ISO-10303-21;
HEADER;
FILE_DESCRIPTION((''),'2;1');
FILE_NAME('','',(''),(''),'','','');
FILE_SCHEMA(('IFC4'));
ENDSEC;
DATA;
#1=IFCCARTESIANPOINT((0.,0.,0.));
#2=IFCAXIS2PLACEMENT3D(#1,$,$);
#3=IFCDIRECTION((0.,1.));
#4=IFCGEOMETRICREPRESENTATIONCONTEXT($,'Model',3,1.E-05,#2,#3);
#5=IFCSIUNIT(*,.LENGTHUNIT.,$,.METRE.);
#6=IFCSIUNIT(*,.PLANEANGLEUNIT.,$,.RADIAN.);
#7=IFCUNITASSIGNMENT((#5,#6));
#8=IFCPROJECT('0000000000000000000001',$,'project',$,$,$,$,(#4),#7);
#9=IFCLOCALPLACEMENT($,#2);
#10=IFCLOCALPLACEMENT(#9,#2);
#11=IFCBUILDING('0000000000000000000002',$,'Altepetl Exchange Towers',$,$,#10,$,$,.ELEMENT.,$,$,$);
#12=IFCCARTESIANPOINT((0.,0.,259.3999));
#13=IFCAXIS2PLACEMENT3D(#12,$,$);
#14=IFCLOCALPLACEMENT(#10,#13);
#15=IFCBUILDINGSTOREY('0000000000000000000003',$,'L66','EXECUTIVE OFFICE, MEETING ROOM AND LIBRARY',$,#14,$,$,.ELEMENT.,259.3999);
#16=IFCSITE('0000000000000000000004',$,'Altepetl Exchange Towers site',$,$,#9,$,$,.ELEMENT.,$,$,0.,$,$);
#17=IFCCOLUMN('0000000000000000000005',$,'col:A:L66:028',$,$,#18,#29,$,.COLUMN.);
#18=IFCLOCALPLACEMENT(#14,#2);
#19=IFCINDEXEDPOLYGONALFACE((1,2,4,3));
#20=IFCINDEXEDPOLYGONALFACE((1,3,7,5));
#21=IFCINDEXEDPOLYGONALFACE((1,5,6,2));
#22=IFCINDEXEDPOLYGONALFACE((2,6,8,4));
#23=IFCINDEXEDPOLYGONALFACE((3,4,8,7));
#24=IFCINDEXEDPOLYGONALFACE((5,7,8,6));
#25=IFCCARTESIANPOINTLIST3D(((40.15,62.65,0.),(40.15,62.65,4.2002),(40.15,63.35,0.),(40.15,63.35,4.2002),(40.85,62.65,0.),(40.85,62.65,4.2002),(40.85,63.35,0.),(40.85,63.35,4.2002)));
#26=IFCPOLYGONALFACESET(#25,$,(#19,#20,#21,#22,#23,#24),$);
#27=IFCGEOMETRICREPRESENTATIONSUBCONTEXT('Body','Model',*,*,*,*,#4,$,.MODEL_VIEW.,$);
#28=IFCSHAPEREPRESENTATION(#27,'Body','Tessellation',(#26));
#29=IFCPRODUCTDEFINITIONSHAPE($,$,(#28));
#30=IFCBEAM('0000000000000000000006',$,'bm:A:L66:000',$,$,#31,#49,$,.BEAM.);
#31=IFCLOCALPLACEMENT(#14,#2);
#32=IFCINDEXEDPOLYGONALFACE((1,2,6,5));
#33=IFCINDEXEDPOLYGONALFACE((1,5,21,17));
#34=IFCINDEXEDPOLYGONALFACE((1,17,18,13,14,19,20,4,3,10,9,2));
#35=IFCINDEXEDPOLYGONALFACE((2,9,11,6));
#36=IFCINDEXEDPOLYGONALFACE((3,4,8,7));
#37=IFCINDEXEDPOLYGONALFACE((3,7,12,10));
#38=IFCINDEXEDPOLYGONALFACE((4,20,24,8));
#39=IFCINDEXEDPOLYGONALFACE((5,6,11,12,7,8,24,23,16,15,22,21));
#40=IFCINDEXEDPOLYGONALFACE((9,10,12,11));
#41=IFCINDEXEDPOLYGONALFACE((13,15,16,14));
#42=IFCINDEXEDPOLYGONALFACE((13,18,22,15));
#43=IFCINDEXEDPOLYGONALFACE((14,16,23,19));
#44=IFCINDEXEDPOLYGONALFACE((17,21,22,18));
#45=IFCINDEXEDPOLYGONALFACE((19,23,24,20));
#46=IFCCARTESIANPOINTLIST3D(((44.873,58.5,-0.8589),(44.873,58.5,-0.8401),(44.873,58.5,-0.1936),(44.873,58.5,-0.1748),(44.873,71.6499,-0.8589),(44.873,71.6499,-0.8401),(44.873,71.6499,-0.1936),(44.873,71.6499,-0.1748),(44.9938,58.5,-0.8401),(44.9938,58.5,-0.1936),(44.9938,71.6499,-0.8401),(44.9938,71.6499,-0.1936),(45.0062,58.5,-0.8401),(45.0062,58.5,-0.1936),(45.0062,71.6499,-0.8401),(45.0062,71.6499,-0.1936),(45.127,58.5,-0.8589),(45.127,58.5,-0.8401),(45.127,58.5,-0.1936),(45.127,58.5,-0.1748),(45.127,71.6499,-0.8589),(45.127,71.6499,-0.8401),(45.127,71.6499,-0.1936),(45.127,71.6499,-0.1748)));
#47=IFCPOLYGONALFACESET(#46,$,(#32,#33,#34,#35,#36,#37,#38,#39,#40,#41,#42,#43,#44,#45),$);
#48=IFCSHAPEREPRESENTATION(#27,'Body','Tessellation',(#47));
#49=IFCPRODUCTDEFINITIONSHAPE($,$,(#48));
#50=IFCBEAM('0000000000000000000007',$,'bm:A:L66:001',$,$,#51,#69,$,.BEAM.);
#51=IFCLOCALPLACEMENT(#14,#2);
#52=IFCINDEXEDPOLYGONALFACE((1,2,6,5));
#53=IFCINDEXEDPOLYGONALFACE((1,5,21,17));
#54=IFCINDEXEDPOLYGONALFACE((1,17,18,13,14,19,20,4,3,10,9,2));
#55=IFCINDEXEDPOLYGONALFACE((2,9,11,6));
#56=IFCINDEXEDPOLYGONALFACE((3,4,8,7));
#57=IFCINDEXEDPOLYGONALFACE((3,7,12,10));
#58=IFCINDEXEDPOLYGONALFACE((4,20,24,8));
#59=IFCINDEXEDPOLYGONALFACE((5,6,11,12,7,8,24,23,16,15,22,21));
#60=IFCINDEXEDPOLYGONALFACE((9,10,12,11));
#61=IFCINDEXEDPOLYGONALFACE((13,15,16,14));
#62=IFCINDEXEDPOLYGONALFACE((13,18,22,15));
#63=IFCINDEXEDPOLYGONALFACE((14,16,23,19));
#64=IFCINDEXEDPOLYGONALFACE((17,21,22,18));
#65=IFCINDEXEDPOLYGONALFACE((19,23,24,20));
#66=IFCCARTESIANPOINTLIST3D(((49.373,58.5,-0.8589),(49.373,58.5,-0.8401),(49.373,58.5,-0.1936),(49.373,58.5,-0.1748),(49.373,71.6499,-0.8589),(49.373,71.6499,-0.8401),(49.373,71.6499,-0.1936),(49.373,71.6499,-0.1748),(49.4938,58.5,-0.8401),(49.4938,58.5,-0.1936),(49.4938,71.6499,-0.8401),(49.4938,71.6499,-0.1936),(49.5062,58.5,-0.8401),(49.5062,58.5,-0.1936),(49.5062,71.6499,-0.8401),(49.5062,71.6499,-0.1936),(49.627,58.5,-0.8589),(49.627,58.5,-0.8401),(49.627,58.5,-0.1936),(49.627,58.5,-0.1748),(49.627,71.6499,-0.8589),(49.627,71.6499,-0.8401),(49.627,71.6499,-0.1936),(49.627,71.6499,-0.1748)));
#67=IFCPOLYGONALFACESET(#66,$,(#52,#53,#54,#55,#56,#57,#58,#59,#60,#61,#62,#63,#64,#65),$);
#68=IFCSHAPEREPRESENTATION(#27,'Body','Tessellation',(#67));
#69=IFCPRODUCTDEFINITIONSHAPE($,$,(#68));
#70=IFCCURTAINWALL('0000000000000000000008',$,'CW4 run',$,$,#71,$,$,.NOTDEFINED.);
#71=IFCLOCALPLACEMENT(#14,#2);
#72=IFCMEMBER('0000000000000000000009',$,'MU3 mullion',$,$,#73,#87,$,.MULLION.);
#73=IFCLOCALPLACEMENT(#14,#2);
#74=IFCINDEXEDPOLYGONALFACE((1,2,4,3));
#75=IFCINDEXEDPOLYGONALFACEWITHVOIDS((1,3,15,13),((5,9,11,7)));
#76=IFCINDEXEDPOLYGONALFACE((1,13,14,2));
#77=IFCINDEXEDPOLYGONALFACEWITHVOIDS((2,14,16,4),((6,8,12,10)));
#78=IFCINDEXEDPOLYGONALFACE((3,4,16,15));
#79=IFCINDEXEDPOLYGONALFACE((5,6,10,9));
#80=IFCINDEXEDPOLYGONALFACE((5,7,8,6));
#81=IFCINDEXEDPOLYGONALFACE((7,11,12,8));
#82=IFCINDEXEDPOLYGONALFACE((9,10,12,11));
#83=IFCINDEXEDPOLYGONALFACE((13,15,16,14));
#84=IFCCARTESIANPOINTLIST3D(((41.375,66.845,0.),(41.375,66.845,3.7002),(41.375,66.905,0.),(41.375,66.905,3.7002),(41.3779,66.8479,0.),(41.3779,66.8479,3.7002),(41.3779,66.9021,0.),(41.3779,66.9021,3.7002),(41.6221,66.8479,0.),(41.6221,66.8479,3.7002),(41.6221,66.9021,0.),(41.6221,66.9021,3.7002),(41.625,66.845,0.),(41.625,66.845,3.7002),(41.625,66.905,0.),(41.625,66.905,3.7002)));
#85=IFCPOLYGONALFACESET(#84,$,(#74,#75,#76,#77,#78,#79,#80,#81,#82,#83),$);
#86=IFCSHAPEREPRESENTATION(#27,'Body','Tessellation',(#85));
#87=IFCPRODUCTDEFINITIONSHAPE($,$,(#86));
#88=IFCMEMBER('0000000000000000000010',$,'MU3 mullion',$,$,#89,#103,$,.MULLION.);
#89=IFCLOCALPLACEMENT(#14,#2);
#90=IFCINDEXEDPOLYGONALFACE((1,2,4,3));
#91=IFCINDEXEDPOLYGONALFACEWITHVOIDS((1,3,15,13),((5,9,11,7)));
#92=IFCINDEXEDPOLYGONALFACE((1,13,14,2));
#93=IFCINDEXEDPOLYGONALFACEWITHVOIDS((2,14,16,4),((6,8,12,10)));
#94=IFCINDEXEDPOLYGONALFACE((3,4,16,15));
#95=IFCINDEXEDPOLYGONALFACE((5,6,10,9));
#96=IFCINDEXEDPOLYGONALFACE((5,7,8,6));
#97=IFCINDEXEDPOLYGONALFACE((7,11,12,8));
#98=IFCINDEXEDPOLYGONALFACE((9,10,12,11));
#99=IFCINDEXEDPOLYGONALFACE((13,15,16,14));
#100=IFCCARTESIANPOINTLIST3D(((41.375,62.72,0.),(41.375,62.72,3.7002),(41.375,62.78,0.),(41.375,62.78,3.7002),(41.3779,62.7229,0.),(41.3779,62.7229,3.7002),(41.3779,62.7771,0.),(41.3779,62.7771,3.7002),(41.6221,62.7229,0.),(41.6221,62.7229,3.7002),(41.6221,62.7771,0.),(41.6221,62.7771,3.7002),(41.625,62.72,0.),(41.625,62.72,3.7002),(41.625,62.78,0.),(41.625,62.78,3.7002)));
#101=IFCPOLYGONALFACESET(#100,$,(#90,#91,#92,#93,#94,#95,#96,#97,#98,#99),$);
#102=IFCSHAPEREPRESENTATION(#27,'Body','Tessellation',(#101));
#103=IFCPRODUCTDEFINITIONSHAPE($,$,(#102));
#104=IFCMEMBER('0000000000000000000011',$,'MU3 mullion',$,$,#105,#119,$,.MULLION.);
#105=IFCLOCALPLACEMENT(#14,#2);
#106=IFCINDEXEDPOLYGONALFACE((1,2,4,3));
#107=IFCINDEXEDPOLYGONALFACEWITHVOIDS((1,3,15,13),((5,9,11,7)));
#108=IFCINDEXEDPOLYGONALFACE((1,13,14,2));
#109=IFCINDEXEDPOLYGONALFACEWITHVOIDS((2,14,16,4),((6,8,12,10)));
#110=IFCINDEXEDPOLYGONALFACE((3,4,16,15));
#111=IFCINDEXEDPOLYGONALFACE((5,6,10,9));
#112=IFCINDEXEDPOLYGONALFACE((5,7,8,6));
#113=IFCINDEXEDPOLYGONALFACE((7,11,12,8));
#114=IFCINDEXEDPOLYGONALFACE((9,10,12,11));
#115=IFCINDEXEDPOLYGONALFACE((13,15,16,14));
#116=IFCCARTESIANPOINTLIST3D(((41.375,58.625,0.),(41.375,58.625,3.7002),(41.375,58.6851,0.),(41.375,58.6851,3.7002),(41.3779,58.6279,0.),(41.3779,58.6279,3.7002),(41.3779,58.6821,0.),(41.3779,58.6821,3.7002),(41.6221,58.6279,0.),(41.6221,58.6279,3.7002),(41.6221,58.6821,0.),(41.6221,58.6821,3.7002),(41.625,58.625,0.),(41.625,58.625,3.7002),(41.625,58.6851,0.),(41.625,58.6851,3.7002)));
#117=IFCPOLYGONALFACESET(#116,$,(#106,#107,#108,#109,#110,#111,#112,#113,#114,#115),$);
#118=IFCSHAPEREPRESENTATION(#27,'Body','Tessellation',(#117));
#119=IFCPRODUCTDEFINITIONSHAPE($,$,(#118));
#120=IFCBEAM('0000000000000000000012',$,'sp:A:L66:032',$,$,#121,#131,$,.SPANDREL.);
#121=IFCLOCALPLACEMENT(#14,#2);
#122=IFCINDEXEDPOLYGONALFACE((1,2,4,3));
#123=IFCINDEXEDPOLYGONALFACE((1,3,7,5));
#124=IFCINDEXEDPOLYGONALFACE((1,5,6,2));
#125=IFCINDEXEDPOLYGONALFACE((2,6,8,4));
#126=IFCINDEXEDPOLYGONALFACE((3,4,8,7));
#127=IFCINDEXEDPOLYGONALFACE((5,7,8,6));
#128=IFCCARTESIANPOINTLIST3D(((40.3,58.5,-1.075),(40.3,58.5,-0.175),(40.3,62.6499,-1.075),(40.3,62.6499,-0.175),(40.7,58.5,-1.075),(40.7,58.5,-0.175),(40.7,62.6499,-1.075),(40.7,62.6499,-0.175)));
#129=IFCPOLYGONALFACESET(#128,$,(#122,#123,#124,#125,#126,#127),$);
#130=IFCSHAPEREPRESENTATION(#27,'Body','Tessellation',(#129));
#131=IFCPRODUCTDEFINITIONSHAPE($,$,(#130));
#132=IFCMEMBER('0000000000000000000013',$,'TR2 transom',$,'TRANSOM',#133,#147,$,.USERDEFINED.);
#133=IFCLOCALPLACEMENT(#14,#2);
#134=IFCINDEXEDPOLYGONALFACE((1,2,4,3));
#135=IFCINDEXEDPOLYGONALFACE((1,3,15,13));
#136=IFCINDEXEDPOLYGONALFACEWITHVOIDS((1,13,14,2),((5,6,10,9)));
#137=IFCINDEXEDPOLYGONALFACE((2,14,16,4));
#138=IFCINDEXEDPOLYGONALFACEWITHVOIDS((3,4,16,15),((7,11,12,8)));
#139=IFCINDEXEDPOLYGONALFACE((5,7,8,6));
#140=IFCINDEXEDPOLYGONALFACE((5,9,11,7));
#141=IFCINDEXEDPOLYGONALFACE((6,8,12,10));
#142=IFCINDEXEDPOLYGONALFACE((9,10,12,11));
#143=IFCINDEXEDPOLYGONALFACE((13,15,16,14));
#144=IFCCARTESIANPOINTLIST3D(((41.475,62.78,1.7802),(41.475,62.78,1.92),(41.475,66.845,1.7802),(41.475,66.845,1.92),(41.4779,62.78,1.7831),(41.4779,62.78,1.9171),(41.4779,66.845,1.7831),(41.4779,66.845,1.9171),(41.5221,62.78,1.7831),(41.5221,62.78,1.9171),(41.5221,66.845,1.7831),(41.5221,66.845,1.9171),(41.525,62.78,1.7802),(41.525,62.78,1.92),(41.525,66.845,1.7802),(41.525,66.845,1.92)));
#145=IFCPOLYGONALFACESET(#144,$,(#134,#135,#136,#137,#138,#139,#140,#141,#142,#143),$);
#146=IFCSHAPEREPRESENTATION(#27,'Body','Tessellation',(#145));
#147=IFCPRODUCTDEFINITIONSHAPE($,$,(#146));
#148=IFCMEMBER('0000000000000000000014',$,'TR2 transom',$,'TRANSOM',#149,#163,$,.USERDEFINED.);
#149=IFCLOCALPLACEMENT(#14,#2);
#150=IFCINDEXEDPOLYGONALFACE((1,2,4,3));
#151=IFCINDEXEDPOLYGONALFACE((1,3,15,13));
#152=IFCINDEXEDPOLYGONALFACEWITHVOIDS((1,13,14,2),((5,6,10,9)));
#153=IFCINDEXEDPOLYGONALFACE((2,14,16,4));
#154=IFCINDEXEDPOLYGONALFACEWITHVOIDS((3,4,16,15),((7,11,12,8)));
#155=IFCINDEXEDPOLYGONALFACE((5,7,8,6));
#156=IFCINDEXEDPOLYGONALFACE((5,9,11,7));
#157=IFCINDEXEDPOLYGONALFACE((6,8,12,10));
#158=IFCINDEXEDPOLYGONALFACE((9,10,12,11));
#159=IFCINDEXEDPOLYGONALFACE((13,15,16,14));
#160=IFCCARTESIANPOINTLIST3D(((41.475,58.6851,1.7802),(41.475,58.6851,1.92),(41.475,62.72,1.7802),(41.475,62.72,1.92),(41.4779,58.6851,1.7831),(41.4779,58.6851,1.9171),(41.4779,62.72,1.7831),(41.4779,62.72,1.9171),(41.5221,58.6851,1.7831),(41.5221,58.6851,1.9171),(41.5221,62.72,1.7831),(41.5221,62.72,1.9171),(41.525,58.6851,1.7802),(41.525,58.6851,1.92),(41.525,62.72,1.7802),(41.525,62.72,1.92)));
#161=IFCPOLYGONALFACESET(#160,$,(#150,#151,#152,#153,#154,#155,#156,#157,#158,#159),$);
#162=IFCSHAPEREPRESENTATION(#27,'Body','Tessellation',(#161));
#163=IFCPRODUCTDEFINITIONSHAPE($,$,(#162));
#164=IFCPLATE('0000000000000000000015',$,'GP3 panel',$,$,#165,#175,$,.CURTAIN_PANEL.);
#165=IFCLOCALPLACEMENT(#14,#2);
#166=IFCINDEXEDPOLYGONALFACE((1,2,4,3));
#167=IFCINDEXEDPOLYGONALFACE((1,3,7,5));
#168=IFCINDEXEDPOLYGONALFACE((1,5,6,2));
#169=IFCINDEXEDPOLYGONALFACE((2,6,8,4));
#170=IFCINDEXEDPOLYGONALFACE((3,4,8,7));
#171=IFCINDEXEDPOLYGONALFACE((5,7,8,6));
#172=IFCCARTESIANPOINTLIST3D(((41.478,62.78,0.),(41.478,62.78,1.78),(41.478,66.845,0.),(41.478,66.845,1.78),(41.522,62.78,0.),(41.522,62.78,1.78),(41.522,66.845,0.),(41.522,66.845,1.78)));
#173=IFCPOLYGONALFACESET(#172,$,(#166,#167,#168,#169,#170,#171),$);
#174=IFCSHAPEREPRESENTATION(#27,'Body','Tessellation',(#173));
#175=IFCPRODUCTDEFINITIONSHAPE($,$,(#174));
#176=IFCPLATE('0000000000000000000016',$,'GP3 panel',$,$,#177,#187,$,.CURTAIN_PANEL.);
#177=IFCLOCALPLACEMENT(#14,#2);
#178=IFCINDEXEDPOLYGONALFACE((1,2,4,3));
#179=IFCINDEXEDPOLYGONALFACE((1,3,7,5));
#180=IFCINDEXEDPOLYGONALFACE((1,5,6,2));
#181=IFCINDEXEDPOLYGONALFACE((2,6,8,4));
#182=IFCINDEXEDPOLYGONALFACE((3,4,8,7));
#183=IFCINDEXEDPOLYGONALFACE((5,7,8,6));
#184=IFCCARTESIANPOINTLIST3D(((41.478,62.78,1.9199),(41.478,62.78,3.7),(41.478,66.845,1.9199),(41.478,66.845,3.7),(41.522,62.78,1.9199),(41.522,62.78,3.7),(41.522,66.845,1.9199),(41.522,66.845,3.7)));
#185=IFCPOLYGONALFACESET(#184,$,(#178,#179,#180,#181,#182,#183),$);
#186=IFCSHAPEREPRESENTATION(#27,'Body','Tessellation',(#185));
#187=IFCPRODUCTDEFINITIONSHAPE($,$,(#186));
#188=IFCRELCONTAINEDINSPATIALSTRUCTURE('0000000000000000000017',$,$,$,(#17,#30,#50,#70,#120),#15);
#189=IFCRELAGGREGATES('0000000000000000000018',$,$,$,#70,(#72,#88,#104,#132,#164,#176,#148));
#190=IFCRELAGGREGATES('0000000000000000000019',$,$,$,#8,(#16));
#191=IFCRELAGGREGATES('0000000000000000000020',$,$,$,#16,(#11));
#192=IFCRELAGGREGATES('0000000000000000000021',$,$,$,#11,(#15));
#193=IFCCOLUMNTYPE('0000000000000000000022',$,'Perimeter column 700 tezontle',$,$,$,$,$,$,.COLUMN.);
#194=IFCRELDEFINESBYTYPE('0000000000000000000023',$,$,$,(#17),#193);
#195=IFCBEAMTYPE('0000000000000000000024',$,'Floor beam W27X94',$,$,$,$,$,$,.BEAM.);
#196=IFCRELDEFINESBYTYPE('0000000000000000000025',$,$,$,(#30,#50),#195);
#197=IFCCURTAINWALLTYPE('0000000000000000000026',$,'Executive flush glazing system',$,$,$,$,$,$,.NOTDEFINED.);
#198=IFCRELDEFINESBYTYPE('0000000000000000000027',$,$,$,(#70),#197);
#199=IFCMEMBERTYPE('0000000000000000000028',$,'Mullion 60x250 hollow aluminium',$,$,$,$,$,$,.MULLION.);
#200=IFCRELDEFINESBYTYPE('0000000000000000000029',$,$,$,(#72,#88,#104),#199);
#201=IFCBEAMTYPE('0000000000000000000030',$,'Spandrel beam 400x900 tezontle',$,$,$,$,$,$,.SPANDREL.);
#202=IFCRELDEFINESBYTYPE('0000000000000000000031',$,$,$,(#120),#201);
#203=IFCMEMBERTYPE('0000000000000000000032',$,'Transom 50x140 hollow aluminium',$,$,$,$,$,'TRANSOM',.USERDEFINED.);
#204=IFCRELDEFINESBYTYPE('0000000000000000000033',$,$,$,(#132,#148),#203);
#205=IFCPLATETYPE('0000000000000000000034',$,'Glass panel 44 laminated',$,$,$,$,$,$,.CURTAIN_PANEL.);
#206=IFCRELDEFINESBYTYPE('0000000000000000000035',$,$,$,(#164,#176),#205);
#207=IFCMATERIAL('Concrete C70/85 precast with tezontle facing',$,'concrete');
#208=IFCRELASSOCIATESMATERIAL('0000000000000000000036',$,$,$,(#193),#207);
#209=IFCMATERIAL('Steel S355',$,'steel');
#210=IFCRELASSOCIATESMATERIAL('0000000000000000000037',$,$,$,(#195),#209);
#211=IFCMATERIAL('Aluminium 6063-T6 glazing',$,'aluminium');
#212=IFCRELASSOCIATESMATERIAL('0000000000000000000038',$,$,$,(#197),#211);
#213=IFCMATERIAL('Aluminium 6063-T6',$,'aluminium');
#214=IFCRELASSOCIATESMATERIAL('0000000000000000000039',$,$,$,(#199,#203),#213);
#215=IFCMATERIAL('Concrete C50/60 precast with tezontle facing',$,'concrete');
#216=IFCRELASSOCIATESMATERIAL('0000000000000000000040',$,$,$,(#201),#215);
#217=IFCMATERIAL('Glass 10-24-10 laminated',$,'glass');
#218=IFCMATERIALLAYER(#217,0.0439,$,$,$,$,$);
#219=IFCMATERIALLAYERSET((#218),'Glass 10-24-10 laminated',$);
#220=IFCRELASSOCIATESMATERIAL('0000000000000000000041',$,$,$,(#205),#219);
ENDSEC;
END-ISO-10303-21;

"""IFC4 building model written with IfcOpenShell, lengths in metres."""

from ifc_helpers import new_model, si_unit, direction, frame, origin, origin_2d, place, context, subcontext, project, spatial, rectangle, hollow_rectangle, i_section, extrude, material, layer, layer_set, material_profile, profile_set, type_object, element, aggregate, save


model = new_model("IFC4")

# Units and contexts
model_context = context("Model", 3, precision=1e-05, world=origin(), true_north=direction((0.0, 1.0)))
body_context = subcontext(model_context, "Body", "Model", "MODEL_VIEW")
ifc_project = project(units=[si_unit("LENGTHUNIT", "METRE"), si_unit("PLANEANGLEUNIT", "RADIAN")], contexts=[model_context])

# Site, building, storey
site_placement = place(None, origin())
site = spatial("IfcSite", under=ifc_project, at=site_placement, Name="Altepetl Exchange Towers site", CompositionType="ELEMENT", RefElevation=0.0)
building_placement = place(site_placement, origin())
building = spatial("IfcBuilding", under=site, at=building_placement, Name="Altepetl Exchange Towers", CompositionType="ELEMENT")
storey_placement = place(building_placement, frame((0.0, 0.0, 259.3999)))
storey = spatial("IfcBuildingStorey", under=building, at=storey_placement, Name="L66", Description="EXECUTIVE OFFICE, MEETING ROOM AND LIBRARY", CompositionType="ELEMENT", Elevation=259.3999)

# Column
ifc_material_1 = material(Name="Concrete C70/85 precast with tezontle facing", Category="concrete")
ifc_material_profile_1 = material_profile(ifc_material_1, rectangle(XDim=0.7, YDim=0.7, at=origin_2d()), Name="700 x 700")
ifc_profile_set_1 = profile_set([ifc_material_profile_1], Name="Concrete C70/85 precast with tezontle facing")
column_type = type_object("IfcColumnType", Name="Perimeter column 700 tezontle", PredefinedType="COLUMN", material=ifc_profile_set_1)
column_placement = place(storey_placement, frame((40.5, 63.0, 0.0)))
element("IfcColumn", 1, at=column_placement, inside=storey, type_object=column_type, Name="col:A:L66:028", PredefinedType="COLUMN", context=body_context, shape_type="SweptSolid", body=[
    extrude(rectangle(XDim=0.7, YDim=0.7, at=origin_2d()), origin(), (0.0, 0.0, 1.0), 4.2002),
])

# Beams
ifc_material_2 = material(Name="Steel S355", Category="steel")
ifc_material_profile_2 = material_profile(ifc_material_2, i_section(OverallWidth=0.2539, OverallDepth=0.6841, WebThickness=0.0125, FlangeThickness=0.0188, at=origin_2d()), Name="W27X94")
ifc_profile_set_2 = profile_set([ifc_material_profile_2], Name="Steel S355")
beam_type_1 = type_object("IfcBeamType", Name="Floor beam W27X94", PredefinedType="BEAM", material=ifc_profile_set_2)
for number, where, z_axis, x_axis, name in (
    (2, (45.0, 58.5, -0.5168), (0.0, 1.0, 0.0), (-1.0, 0.0, 0.0), "bm:A:L66:000"),
    (3, (49.5, 58.5, -0.5168), (0.0, 1.0, 0.0), (-1.0, 0.0, 0.0), "bm:A:L66:001"),
):
    element("IfcBeam", number, at=place(storey_placement, frame(where, z_axis=z_axis, x_axis=x_axis)), inside=storey, type_object=beam_type_1, Name=name, PredefinedType="BEAM", context=body_context, shape_type="SweptSolid", body=[
        extrude(i_section(OverallWidth=0.2539, OverallDepth=0.6841, WebThickness=0.0125, FlangeThickness=0.0188, at=origin_2d()), origin(), (0.0, 0.0, 1.0), 13.1499),
    ])

# Curtain wall, members
ifc_material_3 = material(Name="Aluminium 6063-T6 glazing", Category="aluminium")
curtain_wall_type = type_object("IfcCurtainWallType", Name="Executive flush glazing system", PredefinedType="NOTDEFINED", material=ifc_material_3)
curtain_wall_placement = place(storey_placement, origin())
curtain_wall = element("IfcCurtainWall", 4, at=curtain_wall_placement, inside=storey, type_object=curtain_wall_type, Name="CW4 run", PredefinedType="NOTDEFINED")
ifc_material_4 = material(Name="Aluminium 6063-T6", Category="aluminium")
ifc_material_profile_3 = material_profile(ifc_material_4, hollow_rectangle(XDim=0.0601, YDim=0.25, WallThickness=0.0029, at=origin_2d()), Name="Mullion 60x250 hollow aluminium")
ifc_profile_set_3 = profile_set([ifc_material_profile_3], Name="Aluminium 6063-T6")
member_type_1 = type_object("IfcMemberType", Name="Mullion 60x250 hollow aluminium", PredefinedType="MULLION", material=ifc_profile_set_3)
member_1_placement = place(storey_placement, frame((41.5, 66.875, 0.0), z_axis=(0.0, 0.0, 1.0), x_axis=(0.0, -1.0, 0.0)))
member_1 = element("IfcMember", 5, at=member_1_placement, type_object=member_type_1, Name="MU3 mullion", PredefinedType="MULLION", context=body_context, shape_type="SweptSolid", body=[
    extrude(hollow_rectangle(XDim=0.0601, YDim=0.25, WallThickness=0.0029, at=origin_2d()), origin(), (0.0, 0.0, 1.0), 3.7002),
])
member_2_placement = place(storey_placement, frame((41.5, 62.75, 0.0), z_axis=(0.0, 0.0, 1.0), x_axis=(0.0, -1.0, 0.0)))
member_2 = element("IfcMember", 6, at=member_2_placement, type_object=member_type_1, Name="MU3 mullion", PredefinedType="MULLION", context=body_context, shape_type="SweptSolid", body=[
    extrude(hollow_rectangle(XDim=0.0601, YDim=0.25, WallThickness=0.0029, at=origin_2d()), origin(), (0.0, 0.0, 1.0), 3.7002),
])
member_3_placement = place(storey_placement, frame((41.5, 58.655, 0.0), z_axis=(0.0, 0.0, 1.0), x_axis=(0.0, -1.0, 0.0)))
member_3 = element("IfcMember", 7, at=member_3_placement, type_object=member_type_1, Name="MU3 mullion", PredefinedType="MULLION", context=body_context, shape_type="SweptSolid", body=[
    extrude(hollow_rectangle(XDim=0.0601, YDim=0.25, WallThickness=0.0029, at=origin_2d()), origin(), (0.0, 0.0, 1.0), 3.7002),
])

# Beam
ifc_material_5 = material(Name="Concrete C50/60 precast with tezontle facing", Category="concrete")
ifc_material_profile_4 = material_profile(ifc_material_5, rectangle(XDim=0.3999, YDim=0.8999, at=origin_2d()), Name="400 x 900")
ifc_profile_set_4 = profile_set([ifc_material_profile_4], Name="Concrete C50/60 precast with tezontle facing")
beam_type_2 = type_object("IfcBeamType", Name="Spandrel beam 400x900 tezontle", PredefinedType="SPANDREL", material=ifc_profile_set_4)
beam_placement = place(storey_placement, frame((40.5, 62.6499, -0.625), z_axis=(0.0, -1.0, 0.0), x_axis=(1.0, 0.0, 0.0)))
element("IfcBeam", 8, at=beam_placement, inside=storey, type_object=beam_type_2, Name="sp:A:L66:032", PredefinedType="SPANDREL", context=body_context, shape_type="SweptSolid", body=[
    extrude(rectangle(XDim=0.3999, YDim=0.8999, at=origin_2d()), origin(), (0.0, 0.0, 1.0), 4.1499),
])

# Members
ifc_material_profile_5 = material_profile(ifc_material_4, hollow_rectangle(XDim=0.05, YDim=0.1399, WallThickness=0.0029, at=origin_2d()), Name="Transom 50x140 hollow aluminium")
ifc_profile_set_5 = profile_set([ifc_material_profile_5], Name="Aluminium 6063-T6")
member_type_2 = type_object("IfcMemberType", Name="Transom 50x140 hollow aluminium", ElementType="TRANSOM", PredefinedType="USERDEFINED", material=ifc_profile_set_5)
member_4_placement = place(storey_placement, frame((41.5, 66.845, 1.8501), z_axis=(0.0, -1.0, 0.0), x_axis=(1.0, 0.0, 0.0)))
member_4 = element("IfcMember", 9, at=member_4_placement, type_object=member_type_2, Name="TR2 transom", ObjectType="TRANSOM", PredefinedType="USERDEFINED", context=body_context, shape_type="SweptSolid", body=[
    extrude(hollow_rectangle(XDim=0.05, YDim=0.1399, WallThickness=0.0029, at=origin_2d()), origin(), (0.0, 0.0, 1.0), 4.0649),
])
member_5_placement = place(storey_placement, frame((41.5, 62.72, 1.8501), z_axis=(0.0, -1.0, 0.0), x_axis=(1.0, 0.0, 0.0)))
member_5 = element("IfcMember", 10, at=member_5_placement, type_object=member_type_2, Name="TR2 transom", ObjectType="TRANSOM", PredefinedType="USERDEFINED", context=body_context, shape_type="SweptSolid", body=[
    extrude(hollow_rectangle(XDim=0.05, YDim=0.1399, WallThickness=0.0029, at=origin_2d()), origin(), (0.0, 0.0, 1.0), 4.0349),
])

# Plates
ifc_material_6 = material(Name="Glass 10-24-10 laminated", Category="glass")
ifc_layer_1 = layer(ifc_material_6, 0.0439)
ifc_layer_set_1 = layer_set([ifc_layer_1], Name="Glass 10-24-10 laminated")
plate_type = type_object("IfcPlateType", Name="Glass panel 44 laminated", PredefinedType="CURTAIN_PANEL", material=ifc_layer_set_1)
plate_1_placement = place(storey_placement, frame((41.5, 64.8125, 0.0), z_axis=(0.0, 0.0, 1.0), x_axis=(0.0, -1.0, 0.0)))
plate_1 = element("IfcPlate", 11, at=plate_1_placement, type_object=plate_type, Name="GP3 panel", PredefinedType="CURTAIN_PANEL", context=body_context, shape_type="SweptSolid", body=[
    extrude(rectangle(XDim=4.0649, YDim=0.0439, at=origin_2d()), origin(), (0.0, 0.0, 1.0), 1.78),
])
plate_2_placement = place(storey_placement, frame((41.5, 64.8125, 1.9199), z_axis=(0.0, 0.0, 1.0), x_axis=(0.0, -1.0, 0.0)))
plate_2 = element("IfcPlate", 12, at=plate_2_placement, type_object=plate_type, Name="GP3 panel", PredefinedType="CURTAIN_PANEL", context=body_context, shape_type="SweptSolid", body=[
    extrude(rectangle(XDim=4.0649, YDim=0.0439, at=origin_2d()), origin(), (0.0, 0.0, 1.0), 1.78),
])
aggregate(curtain_wall, [member_1, member_2, member_3, member_4, plate_1, plate_2, member_5])

save(model, "model.ifc")
